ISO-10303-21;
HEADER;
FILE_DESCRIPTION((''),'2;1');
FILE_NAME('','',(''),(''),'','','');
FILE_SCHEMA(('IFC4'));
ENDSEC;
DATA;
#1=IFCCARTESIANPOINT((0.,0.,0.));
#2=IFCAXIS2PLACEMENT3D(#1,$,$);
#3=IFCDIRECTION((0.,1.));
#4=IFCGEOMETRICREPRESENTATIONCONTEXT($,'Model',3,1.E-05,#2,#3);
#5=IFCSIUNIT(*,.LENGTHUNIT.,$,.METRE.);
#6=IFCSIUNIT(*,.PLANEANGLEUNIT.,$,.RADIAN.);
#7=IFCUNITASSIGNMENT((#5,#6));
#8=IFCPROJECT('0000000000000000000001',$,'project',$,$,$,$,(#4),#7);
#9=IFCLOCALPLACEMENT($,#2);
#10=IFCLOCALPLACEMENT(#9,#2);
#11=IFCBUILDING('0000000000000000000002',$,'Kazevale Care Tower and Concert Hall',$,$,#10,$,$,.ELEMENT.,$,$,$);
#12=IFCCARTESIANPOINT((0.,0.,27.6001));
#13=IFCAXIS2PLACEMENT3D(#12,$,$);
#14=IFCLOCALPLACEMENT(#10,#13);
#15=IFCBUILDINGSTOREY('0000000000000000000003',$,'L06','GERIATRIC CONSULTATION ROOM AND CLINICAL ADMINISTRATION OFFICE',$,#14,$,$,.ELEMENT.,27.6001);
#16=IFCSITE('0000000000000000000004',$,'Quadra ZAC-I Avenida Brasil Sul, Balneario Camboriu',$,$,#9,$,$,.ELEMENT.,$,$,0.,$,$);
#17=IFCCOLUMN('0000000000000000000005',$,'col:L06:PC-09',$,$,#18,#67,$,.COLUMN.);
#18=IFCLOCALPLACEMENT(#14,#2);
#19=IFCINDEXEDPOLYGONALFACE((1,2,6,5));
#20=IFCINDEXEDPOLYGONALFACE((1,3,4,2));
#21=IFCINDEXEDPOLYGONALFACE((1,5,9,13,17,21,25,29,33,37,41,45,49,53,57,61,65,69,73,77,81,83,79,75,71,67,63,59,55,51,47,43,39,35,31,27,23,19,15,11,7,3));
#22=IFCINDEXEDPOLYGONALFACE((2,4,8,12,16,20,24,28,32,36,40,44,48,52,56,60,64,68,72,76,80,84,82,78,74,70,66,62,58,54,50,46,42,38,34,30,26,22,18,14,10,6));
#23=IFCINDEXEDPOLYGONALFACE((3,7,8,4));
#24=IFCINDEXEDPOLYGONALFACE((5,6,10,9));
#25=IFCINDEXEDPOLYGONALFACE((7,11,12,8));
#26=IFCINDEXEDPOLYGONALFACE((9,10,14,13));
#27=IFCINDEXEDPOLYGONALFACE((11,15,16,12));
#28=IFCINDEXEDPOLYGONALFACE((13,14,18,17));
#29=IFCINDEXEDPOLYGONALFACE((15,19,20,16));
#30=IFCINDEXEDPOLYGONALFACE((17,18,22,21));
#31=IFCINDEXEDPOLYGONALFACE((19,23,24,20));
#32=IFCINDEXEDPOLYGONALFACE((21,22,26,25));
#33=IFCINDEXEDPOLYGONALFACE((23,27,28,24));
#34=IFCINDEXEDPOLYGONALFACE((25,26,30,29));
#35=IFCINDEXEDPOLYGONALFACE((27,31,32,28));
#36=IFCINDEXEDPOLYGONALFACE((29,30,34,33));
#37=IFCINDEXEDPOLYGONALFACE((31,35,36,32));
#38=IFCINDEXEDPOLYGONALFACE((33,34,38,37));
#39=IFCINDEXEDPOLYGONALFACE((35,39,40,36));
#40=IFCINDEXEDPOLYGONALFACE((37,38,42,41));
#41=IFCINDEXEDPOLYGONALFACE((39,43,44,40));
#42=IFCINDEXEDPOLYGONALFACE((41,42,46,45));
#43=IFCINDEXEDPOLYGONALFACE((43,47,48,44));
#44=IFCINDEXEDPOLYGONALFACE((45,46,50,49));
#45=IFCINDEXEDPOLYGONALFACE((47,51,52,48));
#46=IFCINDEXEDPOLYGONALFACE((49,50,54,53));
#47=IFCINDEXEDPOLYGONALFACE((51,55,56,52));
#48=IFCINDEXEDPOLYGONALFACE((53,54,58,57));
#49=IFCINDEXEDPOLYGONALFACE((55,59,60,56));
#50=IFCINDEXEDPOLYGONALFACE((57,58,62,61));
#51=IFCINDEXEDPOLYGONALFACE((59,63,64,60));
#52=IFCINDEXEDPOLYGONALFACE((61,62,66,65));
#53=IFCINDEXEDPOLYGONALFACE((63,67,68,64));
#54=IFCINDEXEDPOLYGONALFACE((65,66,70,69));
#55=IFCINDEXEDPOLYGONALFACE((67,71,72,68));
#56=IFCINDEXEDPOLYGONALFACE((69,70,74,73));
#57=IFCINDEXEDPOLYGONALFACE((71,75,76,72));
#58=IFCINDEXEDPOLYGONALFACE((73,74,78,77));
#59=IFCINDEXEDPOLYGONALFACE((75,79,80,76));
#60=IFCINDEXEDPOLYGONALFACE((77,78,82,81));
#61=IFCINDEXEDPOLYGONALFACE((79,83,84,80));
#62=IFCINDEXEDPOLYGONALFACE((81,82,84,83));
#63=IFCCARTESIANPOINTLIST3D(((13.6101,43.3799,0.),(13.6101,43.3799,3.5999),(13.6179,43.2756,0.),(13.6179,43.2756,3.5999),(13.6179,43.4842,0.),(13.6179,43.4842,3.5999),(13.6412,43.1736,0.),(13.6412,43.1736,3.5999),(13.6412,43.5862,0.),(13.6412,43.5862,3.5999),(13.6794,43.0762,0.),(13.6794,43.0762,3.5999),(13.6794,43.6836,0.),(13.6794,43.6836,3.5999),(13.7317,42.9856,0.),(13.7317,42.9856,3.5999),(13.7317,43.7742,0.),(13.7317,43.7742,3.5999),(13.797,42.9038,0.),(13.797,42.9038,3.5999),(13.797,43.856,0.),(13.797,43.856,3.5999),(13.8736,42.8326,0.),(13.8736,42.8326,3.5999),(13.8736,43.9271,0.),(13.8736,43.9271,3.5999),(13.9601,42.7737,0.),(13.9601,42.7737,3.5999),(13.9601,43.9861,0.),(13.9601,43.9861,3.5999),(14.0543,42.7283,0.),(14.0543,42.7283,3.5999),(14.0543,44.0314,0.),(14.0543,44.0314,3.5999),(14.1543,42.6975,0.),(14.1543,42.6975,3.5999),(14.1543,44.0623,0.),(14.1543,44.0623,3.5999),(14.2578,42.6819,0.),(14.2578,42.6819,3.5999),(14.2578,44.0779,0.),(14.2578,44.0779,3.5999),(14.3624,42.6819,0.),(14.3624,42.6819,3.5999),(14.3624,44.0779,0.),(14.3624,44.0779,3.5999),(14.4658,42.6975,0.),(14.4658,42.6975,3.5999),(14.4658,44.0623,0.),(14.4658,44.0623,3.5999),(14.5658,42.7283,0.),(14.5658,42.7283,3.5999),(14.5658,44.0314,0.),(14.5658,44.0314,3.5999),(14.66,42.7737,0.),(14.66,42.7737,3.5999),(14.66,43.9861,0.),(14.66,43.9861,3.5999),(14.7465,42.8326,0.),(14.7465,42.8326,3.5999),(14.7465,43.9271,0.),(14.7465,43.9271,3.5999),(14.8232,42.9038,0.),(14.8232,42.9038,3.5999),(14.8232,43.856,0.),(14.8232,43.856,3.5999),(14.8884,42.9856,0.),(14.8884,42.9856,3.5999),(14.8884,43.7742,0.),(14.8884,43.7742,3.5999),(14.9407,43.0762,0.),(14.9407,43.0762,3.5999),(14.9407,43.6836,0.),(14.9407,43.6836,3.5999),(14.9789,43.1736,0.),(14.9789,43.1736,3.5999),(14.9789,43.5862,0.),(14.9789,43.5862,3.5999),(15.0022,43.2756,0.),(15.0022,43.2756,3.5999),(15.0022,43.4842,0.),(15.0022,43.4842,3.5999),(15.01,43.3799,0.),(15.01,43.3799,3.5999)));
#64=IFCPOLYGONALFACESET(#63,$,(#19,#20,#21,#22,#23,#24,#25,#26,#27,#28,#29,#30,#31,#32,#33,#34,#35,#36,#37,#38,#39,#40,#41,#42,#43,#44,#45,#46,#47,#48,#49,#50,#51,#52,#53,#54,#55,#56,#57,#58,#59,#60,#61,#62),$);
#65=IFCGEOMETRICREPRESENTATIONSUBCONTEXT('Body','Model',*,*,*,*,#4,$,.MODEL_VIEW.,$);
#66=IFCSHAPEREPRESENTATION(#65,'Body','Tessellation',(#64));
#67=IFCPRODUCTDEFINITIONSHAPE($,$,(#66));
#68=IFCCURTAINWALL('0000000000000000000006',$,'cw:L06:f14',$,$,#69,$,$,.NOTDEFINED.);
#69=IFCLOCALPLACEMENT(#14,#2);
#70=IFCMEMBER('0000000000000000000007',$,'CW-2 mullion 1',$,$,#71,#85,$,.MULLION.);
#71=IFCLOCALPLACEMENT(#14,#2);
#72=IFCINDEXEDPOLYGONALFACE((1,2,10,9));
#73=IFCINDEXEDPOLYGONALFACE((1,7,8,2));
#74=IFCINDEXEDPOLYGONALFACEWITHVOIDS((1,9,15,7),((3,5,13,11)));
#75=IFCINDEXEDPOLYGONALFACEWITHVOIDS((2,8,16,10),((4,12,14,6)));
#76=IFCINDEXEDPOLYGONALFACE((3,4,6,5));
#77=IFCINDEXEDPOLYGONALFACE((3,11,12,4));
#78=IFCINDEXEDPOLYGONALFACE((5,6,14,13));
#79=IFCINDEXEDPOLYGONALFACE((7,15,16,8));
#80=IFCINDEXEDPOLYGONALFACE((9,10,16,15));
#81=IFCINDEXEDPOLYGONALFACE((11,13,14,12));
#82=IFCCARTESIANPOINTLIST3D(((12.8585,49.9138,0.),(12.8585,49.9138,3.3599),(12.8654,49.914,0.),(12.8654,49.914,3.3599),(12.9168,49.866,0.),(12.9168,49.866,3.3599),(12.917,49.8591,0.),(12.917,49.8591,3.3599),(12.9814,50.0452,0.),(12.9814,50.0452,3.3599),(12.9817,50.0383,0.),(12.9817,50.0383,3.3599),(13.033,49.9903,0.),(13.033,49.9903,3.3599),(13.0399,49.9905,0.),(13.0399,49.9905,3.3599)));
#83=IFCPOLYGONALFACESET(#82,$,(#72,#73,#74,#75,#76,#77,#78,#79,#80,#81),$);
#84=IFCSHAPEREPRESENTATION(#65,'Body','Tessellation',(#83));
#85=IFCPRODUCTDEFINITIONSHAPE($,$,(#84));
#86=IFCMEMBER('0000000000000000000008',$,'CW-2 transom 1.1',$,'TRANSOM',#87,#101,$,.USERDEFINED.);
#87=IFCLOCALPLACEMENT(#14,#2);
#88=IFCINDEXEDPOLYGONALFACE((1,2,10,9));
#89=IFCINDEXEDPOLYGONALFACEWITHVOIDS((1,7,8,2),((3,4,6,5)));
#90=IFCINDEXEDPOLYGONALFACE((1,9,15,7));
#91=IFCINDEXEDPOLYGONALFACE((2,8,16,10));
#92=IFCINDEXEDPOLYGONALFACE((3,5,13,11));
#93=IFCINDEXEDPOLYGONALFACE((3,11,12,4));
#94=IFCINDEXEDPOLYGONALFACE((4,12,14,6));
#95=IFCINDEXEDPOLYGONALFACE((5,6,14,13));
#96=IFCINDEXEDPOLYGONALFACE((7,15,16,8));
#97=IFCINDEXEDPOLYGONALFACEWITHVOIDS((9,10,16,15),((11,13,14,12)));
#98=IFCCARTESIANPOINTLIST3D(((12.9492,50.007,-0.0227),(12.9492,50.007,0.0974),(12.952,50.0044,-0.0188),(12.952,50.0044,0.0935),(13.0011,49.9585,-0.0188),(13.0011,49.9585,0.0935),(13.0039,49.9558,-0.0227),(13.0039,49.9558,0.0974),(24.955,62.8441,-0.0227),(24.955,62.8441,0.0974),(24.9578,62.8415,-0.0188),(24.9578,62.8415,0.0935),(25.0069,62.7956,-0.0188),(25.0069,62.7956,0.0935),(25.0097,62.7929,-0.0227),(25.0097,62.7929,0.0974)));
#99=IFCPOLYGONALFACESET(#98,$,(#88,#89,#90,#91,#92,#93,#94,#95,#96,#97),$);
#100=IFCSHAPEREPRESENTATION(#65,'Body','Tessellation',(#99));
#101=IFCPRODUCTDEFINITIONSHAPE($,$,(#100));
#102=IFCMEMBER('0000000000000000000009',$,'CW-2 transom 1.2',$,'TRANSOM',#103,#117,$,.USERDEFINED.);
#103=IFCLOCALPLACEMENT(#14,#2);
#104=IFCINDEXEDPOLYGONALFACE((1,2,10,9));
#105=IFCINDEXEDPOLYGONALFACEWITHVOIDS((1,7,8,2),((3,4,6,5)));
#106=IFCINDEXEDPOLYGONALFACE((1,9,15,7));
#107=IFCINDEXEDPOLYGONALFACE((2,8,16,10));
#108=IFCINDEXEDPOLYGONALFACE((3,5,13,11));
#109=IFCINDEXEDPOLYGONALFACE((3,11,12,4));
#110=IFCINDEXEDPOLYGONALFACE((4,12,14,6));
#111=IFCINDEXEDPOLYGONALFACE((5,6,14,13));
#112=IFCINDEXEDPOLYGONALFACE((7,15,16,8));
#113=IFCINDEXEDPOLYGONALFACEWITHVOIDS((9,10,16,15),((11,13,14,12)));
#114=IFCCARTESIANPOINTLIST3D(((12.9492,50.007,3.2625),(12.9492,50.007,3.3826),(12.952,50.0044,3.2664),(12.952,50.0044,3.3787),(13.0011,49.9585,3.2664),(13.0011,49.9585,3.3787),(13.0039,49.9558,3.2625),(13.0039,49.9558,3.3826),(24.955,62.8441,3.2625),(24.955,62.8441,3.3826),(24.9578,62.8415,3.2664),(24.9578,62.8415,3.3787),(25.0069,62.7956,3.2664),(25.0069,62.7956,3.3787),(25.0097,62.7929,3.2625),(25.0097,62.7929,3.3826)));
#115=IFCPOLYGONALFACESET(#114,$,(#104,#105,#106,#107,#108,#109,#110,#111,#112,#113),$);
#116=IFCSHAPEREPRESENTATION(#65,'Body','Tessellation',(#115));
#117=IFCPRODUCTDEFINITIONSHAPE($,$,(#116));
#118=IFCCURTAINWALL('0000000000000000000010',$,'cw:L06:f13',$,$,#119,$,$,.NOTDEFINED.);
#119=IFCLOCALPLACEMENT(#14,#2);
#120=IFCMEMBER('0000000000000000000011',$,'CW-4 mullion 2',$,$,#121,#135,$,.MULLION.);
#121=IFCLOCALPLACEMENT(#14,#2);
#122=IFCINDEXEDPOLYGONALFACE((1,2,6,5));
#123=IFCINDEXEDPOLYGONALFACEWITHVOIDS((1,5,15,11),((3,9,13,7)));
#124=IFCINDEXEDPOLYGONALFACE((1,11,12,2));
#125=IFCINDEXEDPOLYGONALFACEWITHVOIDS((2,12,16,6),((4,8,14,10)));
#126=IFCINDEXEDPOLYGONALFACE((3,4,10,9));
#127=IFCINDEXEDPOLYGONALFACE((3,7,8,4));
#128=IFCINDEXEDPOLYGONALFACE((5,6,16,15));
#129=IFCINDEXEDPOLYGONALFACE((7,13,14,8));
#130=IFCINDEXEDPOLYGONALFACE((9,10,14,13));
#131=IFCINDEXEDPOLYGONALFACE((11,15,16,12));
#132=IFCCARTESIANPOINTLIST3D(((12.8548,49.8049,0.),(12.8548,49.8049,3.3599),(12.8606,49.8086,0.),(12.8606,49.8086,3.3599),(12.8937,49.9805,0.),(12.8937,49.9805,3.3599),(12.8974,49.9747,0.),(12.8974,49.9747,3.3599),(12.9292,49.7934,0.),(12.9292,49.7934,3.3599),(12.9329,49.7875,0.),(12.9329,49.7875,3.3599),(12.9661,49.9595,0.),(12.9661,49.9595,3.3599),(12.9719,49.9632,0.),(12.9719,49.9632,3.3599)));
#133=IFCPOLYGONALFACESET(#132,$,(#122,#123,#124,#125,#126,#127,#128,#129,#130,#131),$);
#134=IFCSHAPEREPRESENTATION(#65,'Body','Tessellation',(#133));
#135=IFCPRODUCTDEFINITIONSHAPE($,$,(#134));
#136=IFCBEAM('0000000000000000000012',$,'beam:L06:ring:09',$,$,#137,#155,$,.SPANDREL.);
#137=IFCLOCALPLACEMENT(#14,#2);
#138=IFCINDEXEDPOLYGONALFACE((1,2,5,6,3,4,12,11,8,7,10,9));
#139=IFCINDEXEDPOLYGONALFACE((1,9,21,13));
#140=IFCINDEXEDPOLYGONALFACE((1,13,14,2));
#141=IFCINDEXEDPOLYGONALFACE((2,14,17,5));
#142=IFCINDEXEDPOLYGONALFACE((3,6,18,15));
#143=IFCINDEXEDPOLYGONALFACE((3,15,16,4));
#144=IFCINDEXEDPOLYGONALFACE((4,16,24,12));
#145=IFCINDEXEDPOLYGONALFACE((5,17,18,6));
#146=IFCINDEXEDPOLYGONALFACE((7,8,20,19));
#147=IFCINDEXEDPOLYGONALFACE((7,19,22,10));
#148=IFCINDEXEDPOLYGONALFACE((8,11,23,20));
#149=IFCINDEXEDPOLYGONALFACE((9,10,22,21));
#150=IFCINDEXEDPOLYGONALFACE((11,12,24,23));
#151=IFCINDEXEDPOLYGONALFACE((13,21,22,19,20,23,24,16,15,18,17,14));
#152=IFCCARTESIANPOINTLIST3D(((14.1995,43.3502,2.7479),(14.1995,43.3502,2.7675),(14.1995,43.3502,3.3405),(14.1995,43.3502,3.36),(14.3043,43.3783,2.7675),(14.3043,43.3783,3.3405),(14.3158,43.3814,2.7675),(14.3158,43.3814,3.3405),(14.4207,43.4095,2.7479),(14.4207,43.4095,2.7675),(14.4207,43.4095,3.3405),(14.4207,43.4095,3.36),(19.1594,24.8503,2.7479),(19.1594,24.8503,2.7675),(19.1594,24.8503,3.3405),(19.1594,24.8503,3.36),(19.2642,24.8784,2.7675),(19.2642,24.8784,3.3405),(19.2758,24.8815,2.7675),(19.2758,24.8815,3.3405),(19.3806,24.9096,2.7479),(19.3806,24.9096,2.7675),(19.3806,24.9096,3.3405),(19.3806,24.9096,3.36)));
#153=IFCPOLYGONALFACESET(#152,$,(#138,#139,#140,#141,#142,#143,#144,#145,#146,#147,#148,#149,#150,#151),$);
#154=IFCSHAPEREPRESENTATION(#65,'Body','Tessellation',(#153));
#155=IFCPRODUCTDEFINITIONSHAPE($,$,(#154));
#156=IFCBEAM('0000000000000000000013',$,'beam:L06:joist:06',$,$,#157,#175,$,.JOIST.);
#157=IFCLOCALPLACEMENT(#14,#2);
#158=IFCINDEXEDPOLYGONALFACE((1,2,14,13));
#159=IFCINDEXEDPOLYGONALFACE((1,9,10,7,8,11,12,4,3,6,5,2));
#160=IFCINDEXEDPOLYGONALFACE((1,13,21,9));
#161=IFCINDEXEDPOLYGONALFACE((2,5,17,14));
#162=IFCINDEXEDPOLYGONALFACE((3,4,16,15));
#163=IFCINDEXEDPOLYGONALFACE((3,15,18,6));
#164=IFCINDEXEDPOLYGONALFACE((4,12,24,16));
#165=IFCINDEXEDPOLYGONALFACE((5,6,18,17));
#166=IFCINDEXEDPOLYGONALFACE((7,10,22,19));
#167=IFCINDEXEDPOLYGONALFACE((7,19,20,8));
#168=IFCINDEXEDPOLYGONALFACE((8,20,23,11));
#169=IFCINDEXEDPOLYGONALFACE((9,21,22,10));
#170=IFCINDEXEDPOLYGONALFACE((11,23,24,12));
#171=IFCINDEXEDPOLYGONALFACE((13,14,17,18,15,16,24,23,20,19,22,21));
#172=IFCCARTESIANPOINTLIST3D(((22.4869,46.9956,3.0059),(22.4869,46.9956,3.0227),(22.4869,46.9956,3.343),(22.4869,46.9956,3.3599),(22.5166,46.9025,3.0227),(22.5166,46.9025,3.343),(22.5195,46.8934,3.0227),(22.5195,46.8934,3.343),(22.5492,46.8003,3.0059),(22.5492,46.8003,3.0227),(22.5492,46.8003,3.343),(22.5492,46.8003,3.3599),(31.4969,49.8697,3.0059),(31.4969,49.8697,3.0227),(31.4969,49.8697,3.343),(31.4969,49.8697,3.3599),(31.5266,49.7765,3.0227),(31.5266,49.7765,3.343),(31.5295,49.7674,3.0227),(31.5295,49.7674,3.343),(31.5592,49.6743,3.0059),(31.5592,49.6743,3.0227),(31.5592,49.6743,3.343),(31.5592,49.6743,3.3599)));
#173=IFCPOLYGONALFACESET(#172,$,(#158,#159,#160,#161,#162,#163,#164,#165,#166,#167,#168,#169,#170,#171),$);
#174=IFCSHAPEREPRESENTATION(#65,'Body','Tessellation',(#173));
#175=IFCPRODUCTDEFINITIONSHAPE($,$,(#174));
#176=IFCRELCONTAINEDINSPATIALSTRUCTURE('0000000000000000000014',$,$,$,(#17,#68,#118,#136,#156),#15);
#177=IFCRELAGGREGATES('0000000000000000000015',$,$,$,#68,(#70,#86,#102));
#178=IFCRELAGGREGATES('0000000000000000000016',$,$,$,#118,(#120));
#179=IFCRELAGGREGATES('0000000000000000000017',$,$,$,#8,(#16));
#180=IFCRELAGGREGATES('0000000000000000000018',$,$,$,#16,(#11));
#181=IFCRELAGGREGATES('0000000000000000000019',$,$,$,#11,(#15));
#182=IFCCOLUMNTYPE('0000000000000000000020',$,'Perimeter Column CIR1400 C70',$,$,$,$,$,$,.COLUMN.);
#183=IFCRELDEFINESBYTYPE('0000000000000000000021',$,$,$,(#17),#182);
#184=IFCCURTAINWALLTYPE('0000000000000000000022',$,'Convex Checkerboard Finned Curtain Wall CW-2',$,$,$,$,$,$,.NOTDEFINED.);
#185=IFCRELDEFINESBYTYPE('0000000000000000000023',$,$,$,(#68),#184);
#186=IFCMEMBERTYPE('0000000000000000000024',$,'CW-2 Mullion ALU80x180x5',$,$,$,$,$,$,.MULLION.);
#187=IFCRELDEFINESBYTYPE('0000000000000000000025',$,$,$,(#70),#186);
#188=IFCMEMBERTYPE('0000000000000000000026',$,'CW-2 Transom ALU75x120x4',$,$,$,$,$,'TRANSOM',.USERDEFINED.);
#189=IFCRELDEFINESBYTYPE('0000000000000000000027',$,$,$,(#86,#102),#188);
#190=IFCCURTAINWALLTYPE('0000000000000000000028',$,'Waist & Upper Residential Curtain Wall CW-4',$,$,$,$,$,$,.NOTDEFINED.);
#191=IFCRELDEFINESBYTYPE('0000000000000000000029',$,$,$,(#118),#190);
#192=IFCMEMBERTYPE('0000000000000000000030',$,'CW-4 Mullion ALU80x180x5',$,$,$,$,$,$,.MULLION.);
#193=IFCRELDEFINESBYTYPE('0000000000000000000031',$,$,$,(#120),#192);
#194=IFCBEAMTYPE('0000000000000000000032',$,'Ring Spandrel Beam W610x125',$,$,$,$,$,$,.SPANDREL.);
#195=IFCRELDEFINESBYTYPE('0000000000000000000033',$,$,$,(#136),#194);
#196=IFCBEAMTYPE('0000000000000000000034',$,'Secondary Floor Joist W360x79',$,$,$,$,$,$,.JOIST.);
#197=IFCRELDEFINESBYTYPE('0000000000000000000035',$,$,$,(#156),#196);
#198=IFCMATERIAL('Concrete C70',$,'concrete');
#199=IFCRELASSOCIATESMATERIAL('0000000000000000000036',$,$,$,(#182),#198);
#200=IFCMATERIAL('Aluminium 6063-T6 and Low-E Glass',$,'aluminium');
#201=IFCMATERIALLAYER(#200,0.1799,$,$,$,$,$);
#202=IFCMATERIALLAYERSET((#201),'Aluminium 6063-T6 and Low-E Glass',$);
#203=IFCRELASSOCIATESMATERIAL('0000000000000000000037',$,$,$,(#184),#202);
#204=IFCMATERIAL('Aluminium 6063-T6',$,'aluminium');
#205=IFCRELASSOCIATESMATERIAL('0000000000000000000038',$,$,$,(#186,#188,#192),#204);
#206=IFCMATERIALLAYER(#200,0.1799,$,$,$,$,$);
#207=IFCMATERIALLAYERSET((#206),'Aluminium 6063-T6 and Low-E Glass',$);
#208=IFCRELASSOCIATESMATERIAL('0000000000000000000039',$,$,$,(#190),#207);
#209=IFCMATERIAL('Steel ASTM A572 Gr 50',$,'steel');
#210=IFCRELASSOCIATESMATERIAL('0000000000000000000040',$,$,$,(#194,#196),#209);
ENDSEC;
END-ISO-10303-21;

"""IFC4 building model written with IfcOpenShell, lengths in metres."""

from ifc_helpers import new_model, si_unit, direction, frame, origin, origin_2d, place, context, subcontext, project, spatial, hollow_rectangle, circle, i_section, extrude, material, layer, layer_set, material_profile, profile_set, type_object, element, aggregate, save


model = new_model("IFC4")

# Units and contexts
model_context = context("Model", 3, precision=1e-05, world=origin(), true_north=direction((0.0, 1.0)))
body_context = subcontext(model_context, "Body", "Model", "MODEL_VIEW")
ifc_project = project(units=[si_unit("LENGTHUNIT", "METRE"), si_unit("PLANEANGLEUNIT", "RADIAN")], contexts=[model_context])

# Site, building, storey
site_placement = place(None, origin())
site = spatial("IfcSite", under=ifc_project, at=site_placement, Name="Quadra ZAC-I Avenida Brasil Sul, Balneario Camboriu", CompositionType="ELEMENT", RefElevation=0.0)
building_placement = place(site_placement, origin())
building = spatial("IfcBuilding", under=site, at=building_placement, Name="Kazevale Care Tower and Concert Hall", CompositionType="ELEMENT")
storey_placement = place(building_placement, frame((0.0, 0.0, 27.6001)))
storey = spatial("IfcBuildingStorey", under=building, at=storey_placement, Name="L06", Description="GERIATRIC CONSULTATION ROOM AND CLINICAL ADMINISTRATION OFFICE", CompositionType="ELEMENT", Elevation=27.6001)

# Column
ifc_material_1 = material(Name="Concrete C70", Category="concrete")
ifc_material_profile_1 = material_profile(ifc_material_1, circle(Radius=0.7, at=origin_2d()), Name="RC-CIR1400")
ifc_profile_set_1 = profile_set([ifc_material_profile_1], Name="Concrete C70")
column_type = type_object("IfcColumnType", Name="Perimeter Column CIR1400 C70", PredefinedType="COLUMN", material=ifc_profile_set_1)
column_placement = place(storey_placement, frame((14.3101, 43.3799, 0.0), z_axis=(0.0, 0.0, 1.0), x_axis=(1.0, 0.0, 0.0)))
element("IfcColumn", 1, at=column_placement, inside=storey, type_object=column_type, Name="col:L06:PC-09", PredefinedType="COLUMN", context=body_context, shape_type="SweptSolid", body=[
    extrude(circle(Radius=0.7, at=origin_2d()), origin(), (0.0, 0.0, 1.0), 3.5999),
])

# Curtain wall, members
ifc_material_2 = material(Name="Aluminium 6063-T6 and Low-E Glass", Category="aluminium")
ifc_layer_1 = layer(ifc_material_2, 0.1799)
ifc_layer_set_1 = layer_set([ifc_layer_1], Name="Aluminium 6063-T6 and Low-E Glass")
curtain_wall_type_1 = type_object("IfcCurtainWallType", Name="Convex Checkerboard Finned Curtain Wall CW-2", PredefinedType="NOTDEFINED", material=ifc_layer_set_1)
curtain_wall_1_placement = place(storey_placement, origin())
curtain_wall_1 = element("IfcCurtainWall", 2, at=curtain_wall_1_placement, inside=storey, type_object=curtain_wall_type_1, Name="cw:L06:f14", PredefinedType="NOTDEFINED")
ifc_material_3 = material(Name="Aluminium 6063-T6", Category="aluminium")
ifc_material_profile_2 = material_profile(ifc_material_3, hollow_rectangle(XDim=0.0801, YDim=0.1799, WallThickness=0.0049, at=origin_2d()), Name="ALU80x180x5")
ifc_profile_set_2 = profile_set([ifc_material_profile_2], Name="Aluminium 6063-T6")
member_type_1 = type_object("IfcMemberType", Name="CW-2 Mullion ALU80x180x5", PredefinedType="MULLION", material=ifc_profile_set_2)
member_1_placement = place(storey_placement, frame((12.9492, 49.9521, 0.0), z_axis=(0.0, 0.0, 1.0), x_axis=(-0.730363, 0.683059, 0.0)))
member_1 = element("IfcMember", 3, at=member_1_placement, type_object=member_type_1, Name="CW-2 mullion 1", PredefinedType="MULLION", context=body_context, shape_type="SweptSolid", body=[
    extrude(hollow_rectangle(XDim=0.0801, YDim=0.1799, WallThickness=0.0049, at=origin_2d()), origin(), (0.0, 0.0, 1.0), 3.3599),
])
ifc_material_profile_3 = material_profile(ifc_material_3, hollow_rectangle(XDim=0.075, YDim=0.1201, WallThickness=0.0039, at=origin_2d()), Name="ALU75x120x4")
ifc_profile_set_3 = profile_set([ifc_material_profile_3], Name="Aluminium 6063-T6")
member_type_2 = type_object("IfcMemberType", Name="CW-2 Transom ALU75x120x4", ElementType="TRANSOM", PredefinedType="USERDEFINED", material=ifc_profile_set_3)
member_2_placement = place(storey_placement, frame((12.9766, 49.9814, 0.0374), z_axis=(0.683063, 0.730359, 0.0), x_axis=(-0.730359, 0.683063, 0.0)))
member_2 = element("IfcMember", 4, at=member_2_placement, type_object=member_type_2, Name="CW-2 transom 1.1", ObjectType="TRANSOM", PredefinedType="USERDEFINED", context=body_context, shape_type="SweptSolid", body=[
    extrude(hollow_rectangle(XDim=0.075, YDim=0.1201, WallThickness=0.0039, at=origin_2d()), origin(), (0.0, 0.0, 1.0), 17.5764),
])
member_3_placement = place(storey_placement, frame((12.9766, 49.9814, 3.3225), z_axis=(0.683063, 0.730359, 0.0), x_axis=(-0.730359, 0.683063, 0.0)))
member_3 = element("IfcMember", 5, at=member_3_placement, type_object=member_type_2, Name="CW-2 transom 1.2", ObjectType="TRANSOM", PredefinedType="USERDEFINED", context=body_context, shape_type="SweptSolid", body=[
    extrude(hollow_rectangle(XDim=0.075, YDim=0.1201, WallThickness=0.0039, at=origin_2d()), origin(), (0.0, 0.0, 1.0), 17.5764),
])
aggregate(curtain_wall_1, [member_1, member_2, member_3])

# Curtain wall, member
ifc_layer_2 = layer(ifc_material_2, 0.1799)
ifc_layer_set_2 = layer_set([ifc_layer_2], Name="Aluminium 6063-T6 and Low-E Glass")
curtain_wall_type_2 = type_object("IfcCurtainWallType", Name="Waist & Upper Residential Curtain Wall CW-4", PredefinedType="NOTDEFINED", material=ifc_layer_set_2)
curtain_wall_2_placement = place(storey_placement, origin())
curtain_wall_2 = element("IfcCurtainWall", 6, at=curtain_wall_2_placement, inside=storey, type_object=curtain_wall_type_2, Name="cw:L06:f13", PredefinedType="NOTDEFINED")
ifc_material_profile_4 = material_profile(ifc_material_3, hollow_rectangle(XDim=0.0801, YDim=0.1799, WallThickness=0.0049, at=origin_2d()), Name="ALU80x180x5")
ifc_profile_set_4 = profile_set([ifc_material_profile_4], Name="Aluminium 6063-T6")
member_type_3 = type_object("IfcMemberType", Name="CW-4 Mullion ALU80x180x5", PredefinedType="MULLION", material=ifc_profile_set_4)
member_4_placement = place(storey_placement, frame((12.9133, 49.884, 0.0), z_axis=(0.0, 0.0, 1.0), x_axis=(-0.976291, 0.216461, 0.0)))
member_4 = element("IfcMember", 7, at=member_4_placement, type_object=member_type_3, Name="CW-4 mullion 2", PredefinedType="MULLION", context=body_context, shape_type="SweptSolid", body=[
    extrude(hollow_rectangle(XDim=0.0801, YDim=0.1799, WallThickness=0.0049, at=origin_2d()), origin(), (0.0, 0.0, 1.0), 3.3599),
])

# Beams
ifc_material_4 = material(Name="Steel ASTM A572 Gr 50", Category="steel")
ifc_material_profile_5 = material_profile(ifc_material_4, i_section(OverallWidth=0.229, OverallDepth=0.6121, WebThickness=0.012, FlangeThickness=0.0195, at=origin_2d()), Name="W610x125")
ifc_profile_set_5 = profile_set([ifc_material_profile_5], Name="Steel ASTM A572 Gr 50")
beam_type_1 = type_object("IfcBeamType", Name="Ring Spandrel Beam W610x125", PredefinedType="SPANDREL", material=ifc_profile_set_5)
beam_1_placement = place(storey_placement, frame((14.3101, 43.3799, 3.054), z_axis=(0.25896, -0.965888, 0.0), x_axis=(0.965888, 0.25896, 0.0)))
element("IfcBeam", 8, at=beam_1_placement, inside=storey, type_object=beam_type_1, Name="beam:L06:ring:09", PredefinedType="SPANDREL", context=body_context, shape_type="SweptSolid", body=[
    extrude(i_section(OverallWidth=0.229, OverallDepth=0.6121, WebThickness=0.012, FlangeThickness=0.0195, at=origin_2d()), origin(), (0.0, 0.0, 1.0), 19.1533),
])
ifc_material_profile_6 = material_profile(ifc_material_4, i_section(OverallWidth=0.2051, OverallDepth=0.354, WebThickness=0.0095, FlangeThickness=0.0168, at=origin_2d()), Name="W360x79")
ifc_profile_set_6 = profile_set([ifc_material_profile_6], Name="Steel ASTM A572 Gr 50")
beam_type_2 = type_object("IfcBeamType", Name="Secondary Floor Joist W360x79", PredefinedType="JOIST", material=ifc_profile_set_6)
beam_2_placement = place(storey_placement, frame((31.5281, 49.772, 3.1829), z_axis=(-0.952705, -0.303895, 0.0), x_axis=(0.303895, -0.952705, 0.0)))
element("IfcBeam", 9, at=beam_2_placement, inside=storey, type_object=beam_type_2, Name="beam:L06:joist:06", PredefinedType="JOIST", context=body_context, shape_type="SweptSolid", body=[
    extrude(i_section(OverallWidth=0.2051, OverallDepth=0.354, WebThickness=0.0095, FlangeThickness=0.0168, at=origin_2d()), origin(), (0.0, 0.0, 1.0), 9.4573),
])

aggregate(curtain_wall_2, [member_4])

save(model, "model.ifc")
